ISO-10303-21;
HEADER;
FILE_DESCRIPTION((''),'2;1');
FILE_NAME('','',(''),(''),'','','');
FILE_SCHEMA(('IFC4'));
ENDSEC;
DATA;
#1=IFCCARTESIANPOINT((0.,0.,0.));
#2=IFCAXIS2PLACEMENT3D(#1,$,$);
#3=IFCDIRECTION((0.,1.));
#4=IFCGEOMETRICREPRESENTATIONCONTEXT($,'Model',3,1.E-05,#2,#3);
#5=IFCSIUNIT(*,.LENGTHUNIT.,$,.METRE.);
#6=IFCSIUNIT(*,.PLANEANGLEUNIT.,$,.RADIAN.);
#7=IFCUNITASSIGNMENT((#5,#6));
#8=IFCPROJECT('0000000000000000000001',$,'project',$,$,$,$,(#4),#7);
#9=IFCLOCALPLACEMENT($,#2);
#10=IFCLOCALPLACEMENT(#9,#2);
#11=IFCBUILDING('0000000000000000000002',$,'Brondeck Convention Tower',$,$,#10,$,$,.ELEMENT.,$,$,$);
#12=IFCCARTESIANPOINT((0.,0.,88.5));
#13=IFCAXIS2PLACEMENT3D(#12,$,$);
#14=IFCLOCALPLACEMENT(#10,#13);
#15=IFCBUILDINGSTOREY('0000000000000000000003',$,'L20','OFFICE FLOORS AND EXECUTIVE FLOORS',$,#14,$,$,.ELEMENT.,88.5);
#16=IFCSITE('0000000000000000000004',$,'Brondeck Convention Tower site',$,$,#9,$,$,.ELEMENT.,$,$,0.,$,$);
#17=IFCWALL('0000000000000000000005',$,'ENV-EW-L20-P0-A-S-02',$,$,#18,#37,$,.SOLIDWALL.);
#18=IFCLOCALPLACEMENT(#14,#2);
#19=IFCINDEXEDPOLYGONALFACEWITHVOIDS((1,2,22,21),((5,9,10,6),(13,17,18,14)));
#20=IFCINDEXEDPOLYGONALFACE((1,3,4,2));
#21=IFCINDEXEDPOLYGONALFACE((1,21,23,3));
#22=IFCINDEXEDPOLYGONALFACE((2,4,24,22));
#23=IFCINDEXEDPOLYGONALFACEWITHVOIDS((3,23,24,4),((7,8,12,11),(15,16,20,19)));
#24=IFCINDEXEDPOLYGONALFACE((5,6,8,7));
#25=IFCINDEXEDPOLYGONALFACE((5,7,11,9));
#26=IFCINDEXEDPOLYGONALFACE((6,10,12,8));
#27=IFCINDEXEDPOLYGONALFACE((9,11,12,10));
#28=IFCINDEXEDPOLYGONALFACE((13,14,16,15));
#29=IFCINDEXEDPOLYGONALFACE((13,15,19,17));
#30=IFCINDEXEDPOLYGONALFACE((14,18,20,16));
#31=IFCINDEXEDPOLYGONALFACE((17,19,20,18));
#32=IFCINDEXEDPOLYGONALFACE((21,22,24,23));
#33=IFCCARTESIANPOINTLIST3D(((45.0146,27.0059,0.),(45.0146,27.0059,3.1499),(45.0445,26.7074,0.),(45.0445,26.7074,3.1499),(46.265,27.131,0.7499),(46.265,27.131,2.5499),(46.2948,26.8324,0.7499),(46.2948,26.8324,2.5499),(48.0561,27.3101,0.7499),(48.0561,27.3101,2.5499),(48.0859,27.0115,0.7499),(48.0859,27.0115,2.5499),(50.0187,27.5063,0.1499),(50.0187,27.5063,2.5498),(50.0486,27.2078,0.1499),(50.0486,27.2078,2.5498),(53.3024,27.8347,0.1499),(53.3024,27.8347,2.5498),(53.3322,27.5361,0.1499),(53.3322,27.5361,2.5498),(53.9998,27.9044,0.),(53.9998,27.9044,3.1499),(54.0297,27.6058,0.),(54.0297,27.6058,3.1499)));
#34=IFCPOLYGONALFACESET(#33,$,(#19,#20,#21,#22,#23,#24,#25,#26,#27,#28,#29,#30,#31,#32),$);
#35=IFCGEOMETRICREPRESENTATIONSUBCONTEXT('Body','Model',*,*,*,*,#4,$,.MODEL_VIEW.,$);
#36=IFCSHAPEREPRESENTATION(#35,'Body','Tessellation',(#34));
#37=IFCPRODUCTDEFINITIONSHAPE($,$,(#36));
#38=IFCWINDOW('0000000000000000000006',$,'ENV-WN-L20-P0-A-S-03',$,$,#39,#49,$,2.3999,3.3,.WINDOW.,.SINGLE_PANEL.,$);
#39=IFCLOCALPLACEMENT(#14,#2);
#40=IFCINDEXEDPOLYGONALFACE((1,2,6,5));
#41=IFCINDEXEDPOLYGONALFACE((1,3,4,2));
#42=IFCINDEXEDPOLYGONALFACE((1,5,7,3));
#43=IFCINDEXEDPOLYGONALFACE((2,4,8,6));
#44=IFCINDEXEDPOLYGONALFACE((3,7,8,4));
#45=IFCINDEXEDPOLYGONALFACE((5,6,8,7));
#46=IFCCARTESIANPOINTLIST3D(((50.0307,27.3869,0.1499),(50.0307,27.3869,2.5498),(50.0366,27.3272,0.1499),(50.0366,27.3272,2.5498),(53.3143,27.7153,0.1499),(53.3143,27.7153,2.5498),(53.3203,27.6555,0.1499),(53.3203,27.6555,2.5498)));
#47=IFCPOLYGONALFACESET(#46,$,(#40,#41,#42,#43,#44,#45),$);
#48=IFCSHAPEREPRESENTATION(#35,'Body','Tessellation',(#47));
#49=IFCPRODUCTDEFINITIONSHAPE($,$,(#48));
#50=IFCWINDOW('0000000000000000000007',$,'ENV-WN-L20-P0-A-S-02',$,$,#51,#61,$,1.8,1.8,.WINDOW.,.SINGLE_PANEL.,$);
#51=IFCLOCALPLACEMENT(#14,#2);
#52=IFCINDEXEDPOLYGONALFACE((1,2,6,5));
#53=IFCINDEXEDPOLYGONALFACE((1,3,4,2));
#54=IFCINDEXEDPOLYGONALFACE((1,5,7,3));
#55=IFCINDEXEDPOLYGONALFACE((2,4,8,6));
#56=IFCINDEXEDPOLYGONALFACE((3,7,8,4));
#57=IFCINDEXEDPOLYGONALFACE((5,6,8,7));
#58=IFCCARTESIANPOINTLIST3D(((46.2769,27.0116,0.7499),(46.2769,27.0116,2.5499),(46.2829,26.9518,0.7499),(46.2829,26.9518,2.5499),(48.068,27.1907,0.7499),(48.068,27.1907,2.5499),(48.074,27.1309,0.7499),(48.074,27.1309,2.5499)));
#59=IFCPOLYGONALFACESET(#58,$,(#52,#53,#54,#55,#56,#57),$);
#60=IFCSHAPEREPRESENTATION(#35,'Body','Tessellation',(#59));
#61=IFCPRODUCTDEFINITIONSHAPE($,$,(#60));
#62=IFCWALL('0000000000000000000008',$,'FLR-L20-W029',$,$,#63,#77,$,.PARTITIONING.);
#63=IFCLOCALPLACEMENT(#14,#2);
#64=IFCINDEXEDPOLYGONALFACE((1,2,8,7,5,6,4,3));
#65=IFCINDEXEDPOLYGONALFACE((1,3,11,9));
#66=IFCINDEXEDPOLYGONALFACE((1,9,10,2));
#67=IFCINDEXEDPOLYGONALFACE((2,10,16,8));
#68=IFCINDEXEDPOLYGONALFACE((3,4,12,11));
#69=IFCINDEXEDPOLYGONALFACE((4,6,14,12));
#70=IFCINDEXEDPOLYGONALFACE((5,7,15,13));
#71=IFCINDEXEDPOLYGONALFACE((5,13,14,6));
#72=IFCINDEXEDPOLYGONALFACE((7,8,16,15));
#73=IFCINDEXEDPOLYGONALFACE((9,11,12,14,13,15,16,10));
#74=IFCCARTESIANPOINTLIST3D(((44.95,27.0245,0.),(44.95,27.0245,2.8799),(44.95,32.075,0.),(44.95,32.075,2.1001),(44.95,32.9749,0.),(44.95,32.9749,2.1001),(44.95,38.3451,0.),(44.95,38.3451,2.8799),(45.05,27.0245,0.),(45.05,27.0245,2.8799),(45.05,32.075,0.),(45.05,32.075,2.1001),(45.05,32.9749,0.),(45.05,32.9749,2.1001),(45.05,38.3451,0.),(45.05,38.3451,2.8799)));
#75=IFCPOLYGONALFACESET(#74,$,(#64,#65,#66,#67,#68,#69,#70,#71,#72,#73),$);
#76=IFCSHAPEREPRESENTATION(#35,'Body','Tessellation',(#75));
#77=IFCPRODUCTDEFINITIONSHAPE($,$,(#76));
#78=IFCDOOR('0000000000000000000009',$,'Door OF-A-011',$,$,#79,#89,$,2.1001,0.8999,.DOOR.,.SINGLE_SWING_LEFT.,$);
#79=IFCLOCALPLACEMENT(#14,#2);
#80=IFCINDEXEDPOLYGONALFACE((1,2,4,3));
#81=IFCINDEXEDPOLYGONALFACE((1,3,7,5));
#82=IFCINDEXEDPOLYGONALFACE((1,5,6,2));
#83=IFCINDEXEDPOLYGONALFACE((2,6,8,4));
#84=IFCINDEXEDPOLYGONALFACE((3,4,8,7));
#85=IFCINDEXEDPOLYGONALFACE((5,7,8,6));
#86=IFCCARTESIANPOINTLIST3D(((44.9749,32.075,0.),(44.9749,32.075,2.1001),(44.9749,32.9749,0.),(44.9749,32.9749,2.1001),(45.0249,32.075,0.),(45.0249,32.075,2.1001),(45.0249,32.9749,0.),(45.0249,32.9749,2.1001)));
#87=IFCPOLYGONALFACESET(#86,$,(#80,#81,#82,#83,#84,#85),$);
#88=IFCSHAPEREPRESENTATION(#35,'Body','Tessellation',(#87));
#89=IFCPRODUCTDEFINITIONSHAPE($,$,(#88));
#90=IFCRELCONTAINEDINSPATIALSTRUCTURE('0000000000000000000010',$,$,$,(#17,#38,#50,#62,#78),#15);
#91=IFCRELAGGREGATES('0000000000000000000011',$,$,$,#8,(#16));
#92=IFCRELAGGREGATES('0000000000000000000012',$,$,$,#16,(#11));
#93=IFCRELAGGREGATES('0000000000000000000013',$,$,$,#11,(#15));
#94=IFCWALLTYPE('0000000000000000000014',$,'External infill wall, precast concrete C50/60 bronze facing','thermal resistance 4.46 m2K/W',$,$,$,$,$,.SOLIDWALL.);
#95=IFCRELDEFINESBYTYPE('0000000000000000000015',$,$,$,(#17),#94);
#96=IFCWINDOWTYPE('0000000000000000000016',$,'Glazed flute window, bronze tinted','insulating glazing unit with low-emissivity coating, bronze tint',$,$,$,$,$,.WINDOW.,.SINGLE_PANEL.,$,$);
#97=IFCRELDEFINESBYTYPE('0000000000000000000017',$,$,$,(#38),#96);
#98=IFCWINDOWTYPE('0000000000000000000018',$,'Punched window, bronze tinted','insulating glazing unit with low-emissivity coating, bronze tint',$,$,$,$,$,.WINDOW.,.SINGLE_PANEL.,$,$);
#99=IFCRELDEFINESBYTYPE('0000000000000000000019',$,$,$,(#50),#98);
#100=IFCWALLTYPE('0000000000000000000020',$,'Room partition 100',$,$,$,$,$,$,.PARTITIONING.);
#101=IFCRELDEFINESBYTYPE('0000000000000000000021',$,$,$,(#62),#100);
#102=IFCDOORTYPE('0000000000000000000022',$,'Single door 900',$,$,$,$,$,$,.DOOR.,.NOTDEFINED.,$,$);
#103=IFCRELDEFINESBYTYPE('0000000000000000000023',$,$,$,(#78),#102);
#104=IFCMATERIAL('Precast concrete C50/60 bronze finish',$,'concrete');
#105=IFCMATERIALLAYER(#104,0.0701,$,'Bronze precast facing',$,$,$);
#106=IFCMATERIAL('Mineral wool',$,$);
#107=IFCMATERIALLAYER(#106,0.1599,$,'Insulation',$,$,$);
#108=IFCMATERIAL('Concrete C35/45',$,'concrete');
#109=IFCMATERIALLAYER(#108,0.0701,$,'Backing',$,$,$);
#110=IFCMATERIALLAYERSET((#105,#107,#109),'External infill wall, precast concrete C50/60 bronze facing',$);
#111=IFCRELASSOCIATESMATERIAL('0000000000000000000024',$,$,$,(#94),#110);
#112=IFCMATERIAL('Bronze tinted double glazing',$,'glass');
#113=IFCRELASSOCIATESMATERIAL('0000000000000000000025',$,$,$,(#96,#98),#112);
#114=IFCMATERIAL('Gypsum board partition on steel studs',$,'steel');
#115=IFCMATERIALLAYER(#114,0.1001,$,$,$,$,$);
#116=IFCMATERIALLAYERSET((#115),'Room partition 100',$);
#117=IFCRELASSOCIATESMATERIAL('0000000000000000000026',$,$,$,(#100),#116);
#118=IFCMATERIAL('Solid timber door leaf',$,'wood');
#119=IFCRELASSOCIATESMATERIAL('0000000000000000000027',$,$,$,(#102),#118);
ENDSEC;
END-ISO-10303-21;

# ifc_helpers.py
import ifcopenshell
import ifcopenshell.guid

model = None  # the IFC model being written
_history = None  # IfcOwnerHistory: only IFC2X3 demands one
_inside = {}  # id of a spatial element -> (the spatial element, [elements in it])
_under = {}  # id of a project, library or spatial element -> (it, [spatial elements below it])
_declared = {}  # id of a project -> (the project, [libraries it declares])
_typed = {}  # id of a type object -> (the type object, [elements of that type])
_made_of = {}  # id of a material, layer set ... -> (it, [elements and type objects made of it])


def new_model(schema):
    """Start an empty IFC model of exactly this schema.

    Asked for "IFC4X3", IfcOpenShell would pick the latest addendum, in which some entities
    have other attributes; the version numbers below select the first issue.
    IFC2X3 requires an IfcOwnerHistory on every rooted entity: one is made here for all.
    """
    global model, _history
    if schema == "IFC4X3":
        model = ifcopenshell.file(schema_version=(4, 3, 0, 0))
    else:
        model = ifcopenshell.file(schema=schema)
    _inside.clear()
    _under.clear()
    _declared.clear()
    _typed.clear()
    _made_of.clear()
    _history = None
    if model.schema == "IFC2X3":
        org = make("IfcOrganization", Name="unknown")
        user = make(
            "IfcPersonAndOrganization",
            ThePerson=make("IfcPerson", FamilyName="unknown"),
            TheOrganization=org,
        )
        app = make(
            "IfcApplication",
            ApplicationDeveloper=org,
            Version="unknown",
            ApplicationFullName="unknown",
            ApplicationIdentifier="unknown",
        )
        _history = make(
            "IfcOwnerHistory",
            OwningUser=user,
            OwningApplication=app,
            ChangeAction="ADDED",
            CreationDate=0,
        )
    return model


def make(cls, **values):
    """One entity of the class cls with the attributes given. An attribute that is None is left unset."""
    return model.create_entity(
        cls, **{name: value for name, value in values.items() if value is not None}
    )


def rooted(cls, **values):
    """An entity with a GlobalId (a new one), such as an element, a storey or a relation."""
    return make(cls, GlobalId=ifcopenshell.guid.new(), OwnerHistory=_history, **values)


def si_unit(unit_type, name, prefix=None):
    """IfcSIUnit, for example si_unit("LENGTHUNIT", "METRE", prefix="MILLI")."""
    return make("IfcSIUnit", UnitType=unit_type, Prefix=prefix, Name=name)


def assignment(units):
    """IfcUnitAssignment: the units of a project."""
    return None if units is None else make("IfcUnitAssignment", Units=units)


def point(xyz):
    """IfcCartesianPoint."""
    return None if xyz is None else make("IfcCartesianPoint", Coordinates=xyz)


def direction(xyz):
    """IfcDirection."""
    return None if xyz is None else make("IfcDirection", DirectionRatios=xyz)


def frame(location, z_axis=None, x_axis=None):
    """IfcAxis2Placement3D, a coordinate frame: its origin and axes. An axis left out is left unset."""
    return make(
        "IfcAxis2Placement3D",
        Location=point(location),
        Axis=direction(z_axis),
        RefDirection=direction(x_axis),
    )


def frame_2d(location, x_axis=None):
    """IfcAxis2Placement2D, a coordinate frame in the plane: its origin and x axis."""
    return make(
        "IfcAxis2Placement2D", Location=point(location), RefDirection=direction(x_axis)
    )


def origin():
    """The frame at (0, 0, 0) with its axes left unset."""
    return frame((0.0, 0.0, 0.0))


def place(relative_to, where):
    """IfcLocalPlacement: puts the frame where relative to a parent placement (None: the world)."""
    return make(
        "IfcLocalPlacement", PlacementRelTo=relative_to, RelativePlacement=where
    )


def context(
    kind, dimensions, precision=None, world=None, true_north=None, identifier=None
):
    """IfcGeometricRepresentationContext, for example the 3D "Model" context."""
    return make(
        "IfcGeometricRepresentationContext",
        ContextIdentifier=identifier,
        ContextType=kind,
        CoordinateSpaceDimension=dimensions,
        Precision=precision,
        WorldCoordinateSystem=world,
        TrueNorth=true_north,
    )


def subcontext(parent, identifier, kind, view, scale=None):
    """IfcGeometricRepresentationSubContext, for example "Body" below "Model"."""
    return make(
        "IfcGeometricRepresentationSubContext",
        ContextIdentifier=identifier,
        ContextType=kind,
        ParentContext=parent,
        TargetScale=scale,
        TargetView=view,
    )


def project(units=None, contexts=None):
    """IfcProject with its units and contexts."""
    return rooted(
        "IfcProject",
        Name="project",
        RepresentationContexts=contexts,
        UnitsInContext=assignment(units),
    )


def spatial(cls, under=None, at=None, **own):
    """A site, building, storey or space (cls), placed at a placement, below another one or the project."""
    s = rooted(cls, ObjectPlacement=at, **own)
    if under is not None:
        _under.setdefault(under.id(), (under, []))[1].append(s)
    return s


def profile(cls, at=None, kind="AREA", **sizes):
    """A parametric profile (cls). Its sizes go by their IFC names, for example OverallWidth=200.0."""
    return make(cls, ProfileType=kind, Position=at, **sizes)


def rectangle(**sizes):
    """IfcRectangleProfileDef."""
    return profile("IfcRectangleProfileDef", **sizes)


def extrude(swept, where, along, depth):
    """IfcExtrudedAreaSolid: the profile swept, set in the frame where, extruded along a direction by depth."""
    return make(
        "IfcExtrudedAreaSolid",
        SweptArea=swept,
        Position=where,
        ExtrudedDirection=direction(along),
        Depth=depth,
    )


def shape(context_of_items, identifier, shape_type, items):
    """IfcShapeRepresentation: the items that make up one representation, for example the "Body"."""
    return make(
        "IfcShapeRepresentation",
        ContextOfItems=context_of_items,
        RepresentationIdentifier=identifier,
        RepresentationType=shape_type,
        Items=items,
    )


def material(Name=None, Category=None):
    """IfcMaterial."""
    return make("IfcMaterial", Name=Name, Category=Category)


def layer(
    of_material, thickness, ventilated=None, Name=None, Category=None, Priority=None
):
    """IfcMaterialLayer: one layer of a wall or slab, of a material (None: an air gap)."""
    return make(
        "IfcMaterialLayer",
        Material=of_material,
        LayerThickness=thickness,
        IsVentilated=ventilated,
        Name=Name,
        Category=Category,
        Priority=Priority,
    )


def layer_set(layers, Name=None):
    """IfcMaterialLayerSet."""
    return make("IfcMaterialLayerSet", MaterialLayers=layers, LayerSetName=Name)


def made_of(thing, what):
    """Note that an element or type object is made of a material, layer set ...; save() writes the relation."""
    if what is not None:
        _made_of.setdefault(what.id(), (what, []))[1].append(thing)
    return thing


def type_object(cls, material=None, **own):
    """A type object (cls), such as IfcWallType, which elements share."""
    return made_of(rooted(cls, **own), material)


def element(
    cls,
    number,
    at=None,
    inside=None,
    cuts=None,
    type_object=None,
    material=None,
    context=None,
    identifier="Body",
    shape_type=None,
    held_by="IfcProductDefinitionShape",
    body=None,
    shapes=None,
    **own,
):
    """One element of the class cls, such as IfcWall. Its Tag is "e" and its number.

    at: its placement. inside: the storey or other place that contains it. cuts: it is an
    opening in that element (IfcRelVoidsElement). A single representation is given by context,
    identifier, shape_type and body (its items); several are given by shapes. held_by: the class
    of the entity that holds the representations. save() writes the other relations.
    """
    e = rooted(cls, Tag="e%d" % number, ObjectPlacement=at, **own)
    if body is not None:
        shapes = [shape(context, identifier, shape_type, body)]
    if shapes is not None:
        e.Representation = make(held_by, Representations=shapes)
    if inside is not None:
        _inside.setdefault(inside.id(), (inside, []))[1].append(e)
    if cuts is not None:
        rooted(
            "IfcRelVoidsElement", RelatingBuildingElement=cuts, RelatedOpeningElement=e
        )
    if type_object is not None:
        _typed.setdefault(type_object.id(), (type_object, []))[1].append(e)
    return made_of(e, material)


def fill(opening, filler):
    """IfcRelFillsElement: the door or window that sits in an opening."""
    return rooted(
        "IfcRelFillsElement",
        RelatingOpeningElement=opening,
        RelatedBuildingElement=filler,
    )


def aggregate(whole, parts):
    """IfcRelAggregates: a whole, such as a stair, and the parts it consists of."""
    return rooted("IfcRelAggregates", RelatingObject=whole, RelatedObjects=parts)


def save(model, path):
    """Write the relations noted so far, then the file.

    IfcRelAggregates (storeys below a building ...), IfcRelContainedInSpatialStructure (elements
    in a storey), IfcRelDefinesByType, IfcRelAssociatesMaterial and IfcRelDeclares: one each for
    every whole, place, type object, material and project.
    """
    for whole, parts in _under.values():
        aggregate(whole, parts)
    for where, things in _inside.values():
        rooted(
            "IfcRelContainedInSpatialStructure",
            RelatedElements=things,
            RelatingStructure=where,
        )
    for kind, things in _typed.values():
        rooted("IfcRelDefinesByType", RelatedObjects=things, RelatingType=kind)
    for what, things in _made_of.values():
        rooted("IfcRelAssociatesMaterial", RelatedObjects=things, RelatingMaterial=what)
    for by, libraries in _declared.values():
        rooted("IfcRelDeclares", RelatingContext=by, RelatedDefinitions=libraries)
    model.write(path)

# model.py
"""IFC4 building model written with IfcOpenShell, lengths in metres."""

from ifc_helpers import new_model, si_unit, direction, frame, frame_2d, origin, place, context, subcontext, project, spatial, rectangle, extrude, material, layer, layer_set, type_object, element, fill, save


model = new_model("IFC4")

# Units and contexts
model_context = context("Model", 3, precision=1e-05, world=origin(), true_north=direction((0.0, 1.0)))
body_context = subcontext(model_context, "Body", "Model", "MODEL_VIEW")
ifc_project = project(units=[si_unit("LENGTHUNIT", "METRE"), si_unit("PLANEANGLEUNIT", "RADIAN")], contexts=[model_context])

# Site, building, storey
site_placement = place(None, origin())
site = spatial("IfcSite", under=ifc_project, at=site_placement, Name="Brondeck Convention Tower site", CompositionType="ELEMENT", RefElevation=0.0)
building_placement = place(site_placement, origin())
building = spatial("IfcBuilding", under=site, at=building_placement, Name="Brondeck Convention Tower", CompositionType="ELEMENT")
storey_placement = place(building_placement, frame((0.0, 0.0, 88.5)))
storey = spatial("IfcBuildingStorey", under=building, at=storey_placement, Name="L20", Description="OFFICE FLOORS AND EXECUTIVE FLOORS", CompositionType="ELEMENT", Elevation=88.5)

# Wall, openings, windows
ifc_material_1 = material(Name="Precast concrete C50/60 bronze finish", Category="concrete")
ifc_layer_1 = layer(ifc_material_1, 0.0701, Name="Bronze precast facing")
ifc_material_2 = material(Name="Mineral wool")
ifc_layer_2 = layer(ifc_material_2, 0.1599, Name="Insulation")
ifc_material_3 = material(Name="Concrete C35/45", Category="concrete")
ifc_layer_3 = layer(ifc_material_3, 0.0701, Name="Backing")
ifc_layer_set_1 = layer_set([ifc_layer_1, ifc_layer_2, ifc_layer_3], Name="External infill wall, precast concrete C50/60 bronze facing")
wall_type_1 = type_object("IfcWallType", Name="External infill wall, precast concrete C50/60 bronze facing", Description="thermal resistance 4.46 m2K/W", PredefinedType="SOLIDWALL", material=ifc_layer_set_1)
ifc_material_4 = material(Name="Bronze tinted double glazing", Category="glass")
window_type_1 = type_object("IfcWindowType", Name="Glazed flute window, bronze tinted", Description="insulating glazing unit with low-emissivity coating, bronze tint", PartitioningType="SINGLE_PANEL", PredefinedType="WINDOW", material=ifc_material_4)
window_type_2 = type_object("IfcWindowType", Name="Punched window, bronze tinted", Description="insulating glazing unit with low-emissivity coating, bronze tint", PartitioningType="SINGLE_PANEL", PredefinedType="WINDOW", material=ifc_material_4)
wall_1_placement = place(storey_placement, frame((54.0149, 27.7551, 0.0), z_axis=(0.0, 0.0, 1.0), x_axis=(-0.995038, -0.099496, 0.0)))
wall_1 = element("IfcWall", 1, at=wall_1_placement, inside=storey, type_object=wall_type_1, Name="ENV-EW-L20-P0-A-S-02", PredefinedType="SOLIDWALL", context=body_context, shape_type="SweptSolid", body=[
    extrude(rectangle(XDim=9.03, YDim=0.3, at=frame_2d((4.5151, 0.0))), origin(), (0.0, 0.0, 1.0), 3.1499),
])
opening_1_placement = place(wall_1_placement, frame((0.7012, 0.0, 0.1499)))
opening_1 = element("IfcOpeningElement", 2, at=opening_1_placement, cuts=wall_1, PredefinedType="OPENING", context=body_context, shape_type="SweptSolid", body=[
    extrude(rectangle(XDim=3.3, YDim=2.3999, at=frame_2d((1.6499, 1.2))), frame((0.0, 0.1599, 0.0), z_axis=(0.0, -1.0, 0.0), x_axis=(1.0, 0.0, 0.0)), (0.0, 0.0, 1.0), 0.3201),
])
opening_2_placement = place(wall_1_placement, frame((5.9736, 0.0, 0.75)))
opening_2 = element("IfcOpeningElement", 3, at=opening_2_placement, cuts=wall_1, PredefinedType="OPENING", context=body_context, shape_type="SweptSolid", body=[
    extrude(rectangle(XDim=1.8, YDim=1.8, at=frame_2d((0.8999, 0.8999))), frame((0.0, 0.1599, 0.0), z_axis=(0.0, -1.0, 0.0), x_axis=(1.0, 0.0, 0.0)), (0.0, 0.0, 1.0), 0.3201),
])
window_1_placement = place(opening_1_placement, origin())
window_1 = element("IfcWindow", 4, at=window_1_placement, inside=storey, type_object=window_type_1, Name="ENV-WN-L20-P0-A-S-03", OverallHeight=2.3999, OverallWidth=3.3, PartitioningType="SINGLE_PANEL", PredefinedType="WINDOW", context=body_context, shape_type="SweptSolid", body=[
    extrude(rectangle(XDim=3.3, YDim=2.3999, at=frame_2d((1.6499, 1.2))), frame((0.0, 0.03, 0.0), z_axis=(0.0, -1.0, 0.0), x_axis=(1.0, 0.0, 0.0)), (0.0, 0.0, 1.0), 0.0601),
])
fill(opening_1, window_1)
window_2_placement = place(opening_2_placement, origin())
window_2 = element("IfcWindow", 5, at=window_2_placement, inside=storey, type_object=window_type_2, Name="ENV-WN-L20-P0-A-S-02", OverallHeight=1.8, OverallWidth=1.8, PartitioningType="SINGLE_PANEL", PredefinedType="WINDOW", context=body_context, shape_type="SweptSolid", body=[
    extrude(rectangle(XDim=1.8, YDim=1.8, at=frame_2d((0.8999, 0.8999))), frame((0.0, 0.03, 0.0), z_axis=(0.0, -1.0, 0.0), x_axis=(1.0, 0.0, 0.0)), (0.0, 0.0, 1.0), 0.0601),
])
fill(opening_2, window_2)

# Wall, opening, door
ifc_material_5 = material(Name="Gypsum board partition on steel studs", Category="steel")
ifc_layer_4 = layer(ifc_material_5, 0.1001)
ifc_layer_set_2 = layer_set([ifc_layer_4], Name="Room partition 100")
wall_type_2 = type_object("IfcWallType", Name="Room partition 100", PredefinedType="PARTITIONING", material=ifc_layer_set_2)
wall_2_placement = place(storey_placement, frame((45.0, 38.345, 0.0), z_axis=(0.0, 0.0, 1.0), x_axis=(0.0, -1.0, 0.0)))
wall_2 = element("IfcWall", 6, at=wall_2_placement, inside=storey, type_object=wall_type_2, Name="FLR-L20-W029", PredefinedType="PARTITIONING", context=body_context, shape_type="SweptSolid", body=[
    extrude(rectangle(XDim=11.3206, YDim=0.1001, at=frame_2d((5.6602, 0.0))), origin(), (0.0, 0.0, 1.0), 2.8799),
])
opening_3_placement = place(wall_2_placement, frame((5.3701, 0.0, 0.0)))
opening_3 = element("IfcOpeningElement", 7, at=opening_3_placement, cuts=wall_2, PredefinedType="OPENING", context=body_context, shape_type="SweptSolid", body=[
    extrude(rectangle(XDim=0.8999, YDim=2.1001, at=frame_2d((0.45, 1.05))), frame((0.0, 0.0601, 0.0), z_axis=(0.0, -1.0, 0.0), x_axis=(1.0, 0.0, 0.0)), (0.0, 0.0, 1.0), 0.1201),
])
ifc_material_6 = material(Name="Solid timber door leaf", Category="wood")
door_type = type_object("IfcDoorType", Name="Single door 900", OperationType="NOTDEFINED", PredefinedType="DOOR", material=ifc_material_6)
door_placement = place(opening_3_placement, origin())
door = element("IfcDoor", 8, at=door_placement, inside=storey, type_object=door_type, Name="Door OF-A-011", OperationType="SINGLE_SWING_LEFT", OverallHeight=2.1001, OverallWidth=0.8999, PredefinedType="DOOR", context=body_context, shape_type="SweptSolid", body=[
    extrude(rectangle(XDim=0.8999, YDim=2.1001, at=frame_2d((0.45, 1.05))), frame((0.0, 0.0249, 0.0), z_axis=(0.0, -1.0, 0.0), x_axis=(1.0, 0.0, 0.0)), (0.0, 0.0, 1.0), 0.05),
])
fill(opening_3, door)

save(model, "model.ifc")
